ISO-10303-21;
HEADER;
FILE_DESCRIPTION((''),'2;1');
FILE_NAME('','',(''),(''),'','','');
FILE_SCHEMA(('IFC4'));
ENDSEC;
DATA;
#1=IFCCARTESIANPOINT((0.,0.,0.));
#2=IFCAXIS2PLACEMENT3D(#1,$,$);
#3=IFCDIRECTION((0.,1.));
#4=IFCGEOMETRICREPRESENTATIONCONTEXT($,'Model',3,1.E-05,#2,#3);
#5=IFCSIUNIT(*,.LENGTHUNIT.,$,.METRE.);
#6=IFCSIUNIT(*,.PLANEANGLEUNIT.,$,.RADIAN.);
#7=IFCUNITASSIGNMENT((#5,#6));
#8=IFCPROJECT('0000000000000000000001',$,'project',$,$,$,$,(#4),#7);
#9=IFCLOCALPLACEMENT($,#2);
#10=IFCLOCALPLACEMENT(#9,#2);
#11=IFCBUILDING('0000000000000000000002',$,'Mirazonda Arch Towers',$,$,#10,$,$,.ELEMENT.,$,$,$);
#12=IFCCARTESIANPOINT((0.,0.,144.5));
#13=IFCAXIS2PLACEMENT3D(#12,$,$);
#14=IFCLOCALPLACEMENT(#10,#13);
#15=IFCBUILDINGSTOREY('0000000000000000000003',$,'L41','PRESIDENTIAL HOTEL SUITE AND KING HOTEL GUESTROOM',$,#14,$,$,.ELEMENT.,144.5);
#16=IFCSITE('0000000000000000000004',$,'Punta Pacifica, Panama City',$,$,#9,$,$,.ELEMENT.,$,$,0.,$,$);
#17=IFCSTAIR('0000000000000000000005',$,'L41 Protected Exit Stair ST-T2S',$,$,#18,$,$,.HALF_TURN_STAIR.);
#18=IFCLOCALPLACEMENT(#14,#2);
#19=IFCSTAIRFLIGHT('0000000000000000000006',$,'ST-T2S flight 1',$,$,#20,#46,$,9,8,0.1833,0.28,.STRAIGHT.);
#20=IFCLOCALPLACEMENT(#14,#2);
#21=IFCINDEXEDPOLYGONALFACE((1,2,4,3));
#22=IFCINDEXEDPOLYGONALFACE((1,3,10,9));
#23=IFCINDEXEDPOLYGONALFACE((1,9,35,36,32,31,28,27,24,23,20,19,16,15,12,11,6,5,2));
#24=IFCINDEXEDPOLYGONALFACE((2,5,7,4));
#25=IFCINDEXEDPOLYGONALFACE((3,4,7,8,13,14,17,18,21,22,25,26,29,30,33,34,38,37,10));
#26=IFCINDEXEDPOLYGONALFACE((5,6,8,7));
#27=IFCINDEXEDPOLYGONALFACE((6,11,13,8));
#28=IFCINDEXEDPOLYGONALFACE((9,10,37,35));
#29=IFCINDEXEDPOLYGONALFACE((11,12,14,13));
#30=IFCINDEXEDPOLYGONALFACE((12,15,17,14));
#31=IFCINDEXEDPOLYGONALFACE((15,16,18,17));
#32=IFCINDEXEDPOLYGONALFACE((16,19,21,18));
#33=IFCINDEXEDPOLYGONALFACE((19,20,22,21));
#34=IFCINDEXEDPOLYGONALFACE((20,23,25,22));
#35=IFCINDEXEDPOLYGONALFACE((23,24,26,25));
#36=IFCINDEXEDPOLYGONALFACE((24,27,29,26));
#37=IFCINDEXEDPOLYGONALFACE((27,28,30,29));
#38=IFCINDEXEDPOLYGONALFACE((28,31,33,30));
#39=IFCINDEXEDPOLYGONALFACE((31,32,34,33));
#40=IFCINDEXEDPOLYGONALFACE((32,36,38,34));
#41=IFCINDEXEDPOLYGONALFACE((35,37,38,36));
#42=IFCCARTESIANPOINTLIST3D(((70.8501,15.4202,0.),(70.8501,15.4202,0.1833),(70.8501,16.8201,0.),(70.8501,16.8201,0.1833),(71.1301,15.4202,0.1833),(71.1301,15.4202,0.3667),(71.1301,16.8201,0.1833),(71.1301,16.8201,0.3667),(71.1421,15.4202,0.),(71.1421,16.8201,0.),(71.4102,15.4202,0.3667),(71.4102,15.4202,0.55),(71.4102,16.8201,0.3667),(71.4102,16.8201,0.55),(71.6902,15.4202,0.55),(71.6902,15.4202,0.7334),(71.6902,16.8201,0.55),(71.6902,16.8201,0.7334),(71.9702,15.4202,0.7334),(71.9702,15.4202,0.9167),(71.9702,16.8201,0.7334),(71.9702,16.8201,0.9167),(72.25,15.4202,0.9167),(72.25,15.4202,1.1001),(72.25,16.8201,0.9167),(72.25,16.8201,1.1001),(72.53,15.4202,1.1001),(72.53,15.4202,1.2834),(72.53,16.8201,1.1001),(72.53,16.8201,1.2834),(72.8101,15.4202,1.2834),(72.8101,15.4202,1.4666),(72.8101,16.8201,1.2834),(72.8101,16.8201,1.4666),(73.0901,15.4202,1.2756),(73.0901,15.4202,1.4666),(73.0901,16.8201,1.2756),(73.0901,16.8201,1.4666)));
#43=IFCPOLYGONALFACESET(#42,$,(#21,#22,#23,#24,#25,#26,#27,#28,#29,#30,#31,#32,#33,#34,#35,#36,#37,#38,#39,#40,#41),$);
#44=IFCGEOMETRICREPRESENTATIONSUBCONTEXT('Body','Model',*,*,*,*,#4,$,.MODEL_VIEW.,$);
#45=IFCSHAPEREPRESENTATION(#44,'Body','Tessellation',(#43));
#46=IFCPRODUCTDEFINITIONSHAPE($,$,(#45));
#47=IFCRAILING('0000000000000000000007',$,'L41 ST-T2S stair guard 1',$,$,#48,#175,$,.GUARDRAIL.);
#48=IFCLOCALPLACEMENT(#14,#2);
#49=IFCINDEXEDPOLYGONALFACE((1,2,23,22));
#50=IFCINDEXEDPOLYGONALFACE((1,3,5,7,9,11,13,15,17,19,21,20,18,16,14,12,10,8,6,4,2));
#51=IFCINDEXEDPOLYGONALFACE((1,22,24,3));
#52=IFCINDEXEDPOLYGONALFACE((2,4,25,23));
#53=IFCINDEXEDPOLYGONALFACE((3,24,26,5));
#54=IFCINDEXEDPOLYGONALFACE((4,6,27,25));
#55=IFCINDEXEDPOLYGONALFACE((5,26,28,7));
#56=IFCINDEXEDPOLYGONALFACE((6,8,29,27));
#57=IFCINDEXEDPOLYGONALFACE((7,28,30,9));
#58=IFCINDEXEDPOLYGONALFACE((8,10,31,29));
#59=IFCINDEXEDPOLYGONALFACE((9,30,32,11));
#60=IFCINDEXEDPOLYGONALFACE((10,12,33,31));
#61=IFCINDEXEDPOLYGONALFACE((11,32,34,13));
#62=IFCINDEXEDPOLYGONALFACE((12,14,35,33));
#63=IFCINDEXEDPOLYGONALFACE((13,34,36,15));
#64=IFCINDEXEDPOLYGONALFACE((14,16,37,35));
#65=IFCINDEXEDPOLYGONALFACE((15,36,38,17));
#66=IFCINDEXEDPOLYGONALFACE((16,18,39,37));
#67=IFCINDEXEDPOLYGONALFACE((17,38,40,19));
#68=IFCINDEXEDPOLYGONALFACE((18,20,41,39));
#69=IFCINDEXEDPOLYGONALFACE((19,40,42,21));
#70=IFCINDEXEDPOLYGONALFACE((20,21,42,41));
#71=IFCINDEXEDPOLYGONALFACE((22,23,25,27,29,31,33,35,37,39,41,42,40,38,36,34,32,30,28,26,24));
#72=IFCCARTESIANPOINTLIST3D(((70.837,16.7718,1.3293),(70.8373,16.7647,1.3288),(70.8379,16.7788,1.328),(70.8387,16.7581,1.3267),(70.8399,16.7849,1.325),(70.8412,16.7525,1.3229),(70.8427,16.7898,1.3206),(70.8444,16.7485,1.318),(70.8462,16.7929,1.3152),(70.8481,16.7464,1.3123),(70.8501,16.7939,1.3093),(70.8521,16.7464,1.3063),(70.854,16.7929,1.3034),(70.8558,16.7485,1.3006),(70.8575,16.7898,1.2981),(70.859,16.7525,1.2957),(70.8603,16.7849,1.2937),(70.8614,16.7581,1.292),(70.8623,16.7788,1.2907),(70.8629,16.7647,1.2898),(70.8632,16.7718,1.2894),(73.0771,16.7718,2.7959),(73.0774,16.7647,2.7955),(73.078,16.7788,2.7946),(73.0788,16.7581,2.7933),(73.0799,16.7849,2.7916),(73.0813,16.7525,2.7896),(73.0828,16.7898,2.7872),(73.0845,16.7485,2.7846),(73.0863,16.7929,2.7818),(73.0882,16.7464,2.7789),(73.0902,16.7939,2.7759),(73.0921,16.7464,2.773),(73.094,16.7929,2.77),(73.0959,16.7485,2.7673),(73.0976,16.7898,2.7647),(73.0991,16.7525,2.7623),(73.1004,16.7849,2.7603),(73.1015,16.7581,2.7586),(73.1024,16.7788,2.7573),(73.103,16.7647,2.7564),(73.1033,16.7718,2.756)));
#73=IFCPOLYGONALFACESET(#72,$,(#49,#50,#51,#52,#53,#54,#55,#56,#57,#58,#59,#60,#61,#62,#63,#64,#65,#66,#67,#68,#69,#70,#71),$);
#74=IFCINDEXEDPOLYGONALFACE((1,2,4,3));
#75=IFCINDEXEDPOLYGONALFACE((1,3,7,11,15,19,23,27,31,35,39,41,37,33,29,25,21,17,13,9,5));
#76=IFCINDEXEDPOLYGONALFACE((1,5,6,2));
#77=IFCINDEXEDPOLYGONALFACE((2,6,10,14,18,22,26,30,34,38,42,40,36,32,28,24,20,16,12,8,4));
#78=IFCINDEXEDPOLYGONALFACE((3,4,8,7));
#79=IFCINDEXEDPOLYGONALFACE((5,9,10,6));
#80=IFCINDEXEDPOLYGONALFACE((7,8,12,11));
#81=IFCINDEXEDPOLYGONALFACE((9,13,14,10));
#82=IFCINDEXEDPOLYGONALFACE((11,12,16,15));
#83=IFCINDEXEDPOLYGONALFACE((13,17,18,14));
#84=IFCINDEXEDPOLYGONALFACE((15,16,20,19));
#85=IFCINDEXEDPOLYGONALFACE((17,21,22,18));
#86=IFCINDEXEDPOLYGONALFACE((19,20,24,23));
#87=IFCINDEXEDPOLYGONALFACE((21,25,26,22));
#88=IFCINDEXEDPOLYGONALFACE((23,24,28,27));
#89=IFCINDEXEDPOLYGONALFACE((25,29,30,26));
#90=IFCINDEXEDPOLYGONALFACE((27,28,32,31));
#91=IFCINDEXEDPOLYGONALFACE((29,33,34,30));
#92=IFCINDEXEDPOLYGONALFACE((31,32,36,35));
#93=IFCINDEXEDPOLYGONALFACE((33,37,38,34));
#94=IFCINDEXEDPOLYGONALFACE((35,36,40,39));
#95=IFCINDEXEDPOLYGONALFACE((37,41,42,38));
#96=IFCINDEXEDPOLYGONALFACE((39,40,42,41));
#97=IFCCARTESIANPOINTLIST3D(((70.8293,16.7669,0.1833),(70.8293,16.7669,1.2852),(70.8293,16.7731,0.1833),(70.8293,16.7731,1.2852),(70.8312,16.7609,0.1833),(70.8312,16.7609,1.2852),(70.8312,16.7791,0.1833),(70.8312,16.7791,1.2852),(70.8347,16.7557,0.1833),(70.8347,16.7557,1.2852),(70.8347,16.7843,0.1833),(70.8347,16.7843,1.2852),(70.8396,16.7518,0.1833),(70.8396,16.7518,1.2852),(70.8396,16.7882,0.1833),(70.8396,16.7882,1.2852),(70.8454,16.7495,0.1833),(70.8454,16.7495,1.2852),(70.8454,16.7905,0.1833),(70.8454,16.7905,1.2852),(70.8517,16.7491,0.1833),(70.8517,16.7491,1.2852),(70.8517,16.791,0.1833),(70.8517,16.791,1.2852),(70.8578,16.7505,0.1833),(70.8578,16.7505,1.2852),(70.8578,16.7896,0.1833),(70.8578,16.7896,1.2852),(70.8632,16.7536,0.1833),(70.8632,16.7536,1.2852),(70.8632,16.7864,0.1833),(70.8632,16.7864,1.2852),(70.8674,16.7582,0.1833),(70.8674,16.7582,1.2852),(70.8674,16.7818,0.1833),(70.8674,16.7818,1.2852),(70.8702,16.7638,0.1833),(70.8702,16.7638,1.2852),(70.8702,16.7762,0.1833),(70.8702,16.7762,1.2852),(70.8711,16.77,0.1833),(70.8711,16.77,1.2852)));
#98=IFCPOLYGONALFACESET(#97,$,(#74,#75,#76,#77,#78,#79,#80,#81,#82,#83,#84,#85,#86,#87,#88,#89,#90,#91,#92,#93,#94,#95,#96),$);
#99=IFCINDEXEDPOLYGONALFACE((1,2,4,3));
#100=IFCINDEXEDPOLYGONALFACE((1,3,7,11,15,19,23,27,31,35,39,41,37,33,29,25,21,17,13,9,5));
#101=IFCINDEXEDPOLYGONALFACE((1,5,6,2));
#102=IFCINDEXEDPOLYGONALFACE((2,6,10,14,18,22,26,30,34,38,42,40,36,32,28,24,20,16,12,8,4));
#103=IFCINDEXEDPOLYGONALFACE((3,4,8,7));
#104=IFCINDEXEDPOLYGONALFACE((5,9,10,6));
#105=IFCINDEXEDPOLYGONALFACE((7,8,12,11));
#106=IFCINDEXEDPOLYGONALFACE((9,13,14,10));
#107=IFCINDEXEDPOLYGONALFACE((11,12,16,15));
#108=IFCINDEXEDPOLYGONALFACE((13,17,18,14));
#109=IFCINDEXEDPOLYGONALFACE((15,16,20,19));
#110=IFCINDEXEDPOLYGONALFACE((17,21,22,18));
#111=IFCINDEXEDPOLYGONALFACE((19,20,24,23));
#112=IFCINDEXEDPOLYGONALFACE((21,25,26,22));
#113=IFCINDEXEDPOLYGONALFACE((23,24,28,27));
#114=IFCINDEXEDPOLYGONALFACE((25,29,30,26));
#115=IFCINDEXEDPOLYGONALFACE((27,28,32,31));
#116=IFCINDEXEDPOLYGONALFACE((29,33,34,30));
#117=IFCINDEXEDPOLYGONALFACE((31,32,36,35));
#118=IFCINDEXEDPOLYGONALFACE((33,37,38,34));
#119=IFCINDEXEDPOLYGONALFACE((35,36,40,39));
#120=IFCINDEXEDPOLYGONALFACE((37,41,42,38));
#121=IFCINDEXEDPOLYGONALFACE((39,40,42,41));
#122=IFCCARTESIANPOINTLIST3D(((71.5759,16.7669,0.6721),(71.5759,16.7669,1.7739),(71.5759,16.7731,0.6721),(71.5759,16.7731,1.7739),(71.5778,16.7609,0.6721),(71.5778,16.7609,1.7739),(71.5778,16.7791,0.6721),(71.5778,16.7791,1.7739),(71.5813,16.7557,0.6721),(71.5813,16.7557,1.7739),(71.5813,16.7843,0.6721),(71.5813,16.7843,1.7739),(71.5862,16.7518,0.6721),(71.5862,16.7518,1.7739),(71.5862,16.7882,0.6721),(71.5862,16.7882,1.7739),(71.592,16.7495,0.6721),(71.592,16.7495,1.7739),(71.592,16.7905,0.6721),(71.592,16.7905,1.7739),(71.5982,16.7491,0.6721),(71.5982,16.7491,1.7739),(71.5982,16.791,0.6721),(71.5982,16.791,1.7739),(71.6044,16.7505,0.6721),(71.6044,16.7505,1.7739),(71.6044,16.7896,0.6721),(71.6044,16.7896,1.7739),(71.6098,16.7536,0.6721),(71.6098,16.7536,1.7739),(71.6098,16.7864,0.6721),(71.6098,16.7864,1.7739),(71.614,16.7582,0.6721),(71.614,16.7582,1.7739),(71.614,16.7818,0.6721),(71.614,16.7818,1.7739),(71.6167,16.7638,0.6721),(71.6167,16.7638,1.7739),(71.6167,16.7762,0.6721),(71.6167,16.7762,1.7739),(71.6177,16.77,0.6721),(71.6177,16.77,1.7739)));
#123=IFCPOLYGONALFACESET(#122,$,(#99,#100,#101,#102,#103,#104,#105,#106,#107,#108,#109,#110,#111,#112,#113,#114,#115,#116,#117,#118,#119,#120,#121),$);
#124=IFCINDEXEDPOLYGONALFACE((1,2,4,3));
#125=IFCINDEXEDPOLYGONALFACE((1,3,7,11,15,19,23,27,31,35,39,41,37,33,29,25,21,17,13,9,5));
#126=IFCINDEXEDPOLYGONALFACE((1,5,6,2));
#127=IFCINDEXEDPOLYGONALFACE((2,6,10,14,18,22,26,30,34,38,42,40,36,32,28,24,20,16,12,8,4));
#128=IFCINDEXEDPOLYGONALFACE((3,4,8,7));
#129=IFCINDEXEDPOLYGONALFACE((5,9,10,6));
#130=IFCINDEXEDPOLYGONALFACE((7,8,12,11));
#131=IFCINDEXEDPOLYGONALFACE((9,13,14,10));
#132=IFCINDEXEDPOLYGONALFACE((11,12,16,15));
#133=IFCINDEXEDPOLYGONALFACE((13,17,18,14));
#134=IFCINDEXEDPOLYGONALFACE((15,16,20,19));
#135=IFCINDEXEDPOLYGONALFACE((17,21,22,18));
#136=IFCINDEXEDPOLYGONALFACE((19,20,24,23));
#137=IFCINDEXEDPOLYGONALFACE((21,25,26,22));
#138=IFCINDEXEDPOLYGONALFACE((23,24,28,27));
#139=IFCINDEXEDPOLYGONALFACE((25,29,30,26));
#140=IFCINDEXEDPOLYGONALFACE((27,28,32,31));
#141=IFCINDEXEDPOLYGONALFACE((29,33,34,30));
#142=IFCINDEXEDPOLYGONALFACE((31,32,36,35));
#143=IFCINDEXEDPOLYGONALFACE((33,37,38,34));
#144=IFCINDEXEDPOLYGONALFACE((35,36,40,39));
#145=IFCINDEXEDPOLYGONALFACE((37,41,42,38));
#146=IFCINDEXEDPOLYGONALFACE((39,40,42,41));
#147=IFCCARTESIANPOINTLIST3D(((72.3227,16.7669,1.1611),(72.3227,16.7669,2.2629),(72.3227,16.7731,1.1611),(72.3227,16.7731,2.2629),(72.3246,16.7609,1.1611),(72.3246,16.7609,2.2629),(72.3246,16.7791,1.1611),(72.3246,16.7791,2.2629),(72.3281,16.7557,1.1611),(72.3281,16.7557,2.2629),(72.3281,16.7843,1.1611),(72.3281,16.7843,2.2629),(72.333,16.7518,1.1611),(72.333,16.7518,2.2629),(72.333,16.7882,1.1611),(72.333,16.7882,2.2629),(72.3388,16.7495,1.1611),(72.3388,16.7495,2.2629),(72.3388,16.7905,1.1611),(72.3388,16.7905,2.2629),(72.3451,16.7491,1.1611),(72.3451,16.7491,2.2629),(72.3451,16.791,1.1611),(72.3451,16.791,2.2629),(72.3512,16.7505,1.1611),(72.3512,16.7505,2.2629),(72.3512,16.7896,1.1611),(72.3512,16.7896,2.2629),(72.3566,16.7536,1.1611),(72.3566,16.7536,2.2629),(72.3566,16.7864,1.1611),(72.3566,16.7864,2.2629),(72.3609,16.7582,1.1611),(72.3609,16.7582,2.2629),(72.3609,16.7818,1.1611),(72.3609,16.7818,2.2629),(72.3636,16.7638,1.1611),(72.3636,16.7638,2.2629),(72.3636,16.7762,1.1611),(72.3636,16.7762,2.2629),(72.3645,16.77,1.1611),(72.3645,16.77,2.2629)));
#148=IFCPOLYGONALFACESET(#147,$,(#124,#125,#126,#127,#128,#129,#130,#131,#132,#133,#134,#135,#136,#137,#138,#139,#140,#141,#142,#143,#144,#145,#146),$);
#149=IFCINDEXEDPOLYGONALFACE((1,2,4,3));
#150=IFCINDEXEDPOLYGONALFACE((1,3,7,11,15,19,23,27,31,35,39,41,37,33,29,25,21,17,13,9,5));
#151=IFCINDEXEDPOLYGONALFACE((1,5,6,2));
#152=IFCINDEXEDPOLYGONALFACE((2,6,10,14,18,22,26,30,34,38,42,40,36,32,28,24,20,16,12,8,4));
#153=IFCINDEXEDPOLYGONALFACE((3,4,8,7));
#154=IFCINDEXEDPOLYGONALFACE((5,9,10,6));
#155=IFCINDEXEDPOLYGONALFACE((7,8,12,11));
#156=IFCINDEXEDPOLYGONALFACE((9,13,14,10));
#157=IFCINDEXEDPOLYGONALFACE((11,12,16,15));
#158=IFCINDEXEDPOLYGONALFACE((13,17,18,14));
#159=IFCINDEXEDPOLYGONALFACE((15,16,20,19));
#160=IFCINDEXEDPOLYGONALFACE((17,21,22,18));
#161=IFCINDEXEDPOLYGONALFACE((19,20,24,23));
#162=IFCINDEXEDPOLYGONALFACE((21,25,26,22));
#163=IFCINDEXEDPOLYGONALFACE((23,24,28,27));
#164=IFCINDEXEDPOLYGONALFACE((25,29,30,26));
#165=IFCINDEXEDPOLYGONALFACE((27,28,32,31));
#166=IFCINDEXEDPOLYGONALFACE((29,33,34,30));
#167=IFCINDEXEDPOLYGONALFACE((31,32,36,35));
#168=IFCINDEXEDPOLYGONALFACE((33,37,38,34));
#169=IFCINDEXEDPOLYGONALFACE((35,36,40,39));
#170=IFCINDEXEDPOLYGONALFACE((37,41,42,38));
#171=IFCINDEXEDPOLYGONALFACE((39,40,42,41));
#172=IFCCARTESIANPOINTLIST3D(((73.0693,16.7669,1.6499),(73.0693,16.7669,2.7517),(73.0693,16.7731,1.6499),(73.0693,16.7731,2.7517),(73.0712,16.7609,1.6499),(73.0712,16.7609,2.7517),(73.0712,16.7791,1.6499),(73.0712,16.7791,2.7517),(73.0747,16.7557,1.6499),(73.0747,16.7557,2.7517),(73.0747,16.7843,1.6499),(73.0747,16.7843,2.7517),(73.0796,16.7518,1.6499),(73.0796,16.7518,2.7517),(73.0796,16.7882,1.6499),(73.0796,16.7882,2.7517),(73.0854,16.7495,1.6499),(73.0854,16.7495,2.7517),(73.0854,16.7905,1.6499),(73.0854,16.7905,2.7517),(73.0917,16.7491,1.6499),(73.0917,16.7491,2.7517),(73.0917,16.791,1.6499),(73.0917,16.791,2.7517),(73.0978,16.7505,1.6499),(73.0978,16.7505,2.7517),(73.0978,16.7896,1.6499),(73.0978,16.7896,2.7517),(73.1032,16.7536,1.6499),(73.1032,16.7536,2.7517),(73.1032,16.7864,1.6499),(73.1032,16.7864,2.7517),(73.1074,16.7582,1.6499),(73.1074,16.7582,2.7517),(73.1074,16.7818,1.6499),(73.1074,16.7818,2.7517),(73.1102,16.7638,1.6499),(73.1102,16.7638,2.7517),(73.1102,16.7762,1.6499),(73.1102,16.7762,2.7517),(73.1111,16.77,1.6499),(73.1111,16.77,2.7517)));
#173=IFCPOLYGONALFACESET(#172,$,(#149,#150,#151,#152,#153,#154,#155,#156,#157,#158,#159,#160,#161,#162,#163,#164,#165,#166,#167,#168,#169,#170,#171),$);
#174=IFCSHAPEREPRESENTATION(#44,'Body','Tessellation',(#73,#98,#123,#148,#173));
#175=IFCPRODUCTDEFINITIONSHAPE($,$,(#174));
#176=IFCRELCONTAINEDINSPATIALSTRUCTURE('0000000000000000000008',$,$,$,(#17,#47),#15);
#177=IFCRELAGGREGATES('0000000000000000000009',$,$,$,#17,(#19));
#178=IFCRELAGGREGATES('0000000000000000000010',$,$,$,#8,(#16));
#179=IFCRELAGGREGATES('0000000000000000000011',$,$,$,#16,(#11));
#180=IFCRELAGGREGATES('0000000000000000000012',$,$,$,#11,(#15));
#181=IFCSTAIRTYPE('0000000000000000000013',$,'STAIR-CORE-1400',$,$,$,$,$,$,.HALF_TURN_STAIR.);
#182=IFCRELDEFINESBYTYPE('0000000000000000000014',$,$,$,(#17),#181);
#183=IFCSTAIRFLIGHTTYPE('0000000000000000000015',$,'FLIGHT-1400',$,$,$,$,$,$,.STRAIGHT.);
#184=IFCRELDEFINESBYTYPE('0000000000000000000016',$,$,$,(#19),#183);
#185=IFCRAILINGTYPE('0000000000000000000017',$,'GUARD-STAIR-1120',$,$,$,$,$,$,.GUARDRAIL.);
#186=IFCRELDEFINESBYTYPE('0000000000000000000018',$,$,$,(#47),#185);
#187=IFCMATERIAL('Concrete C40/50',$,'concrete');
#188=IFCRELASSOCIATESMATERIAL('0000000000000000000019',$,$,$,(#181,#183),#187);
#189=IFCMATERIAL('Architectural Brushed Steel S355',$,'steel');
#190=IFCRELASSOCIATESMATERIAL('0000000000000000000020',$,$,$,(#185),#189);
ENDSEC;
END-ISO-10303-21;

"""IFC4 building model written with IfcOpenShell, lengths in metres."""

from ifc_helpers import new_model, si_unit, direction, frame, origin, origin_2d, place, context, subcontext, project, spatial, polyline, circle, outline, extrude, material, type_object, element, aggregate, save


model = new_model("IFC4")

# Units and contexts
model_context = context("Model", 3, precision=1e-05, world=origin(), true_north=direction((0.0, 1.0)))
body_context = subcontext(model_context, "Body", "Model", "MODEL_VIEW")
ifc_project = project(units=[si_unit("LENGTHUNIT", "METRE"), si_unit("PLANEANGLEUNIT", "RADIAN")], contexts=[model_context])

# Site, building, storey
site_placement = place(None, origin())
site = spatial("IfcSite", under=ifc_project, at=site_placement, Name="Punta Pacifica, Panama City", CompositionType="ELEMENT", RefElevation=0.0)
building_placement = place(site_placement, origin())
building = spatial("IfcBuilding", under=site, at=building_placement, Name="Mirazonda Arch Towers", CompositionType="ELEMENT")
storey_placement = place(building_placement, frame((0.0, 0.0, 144.5)))
storey = spatial("IfcBuildingStorey", under=building, at=storey_placement, Name="L41", Description="PRESIDENTIAL HOTEL SUITE AND KING HOTEL GUESTROOM", CompositionType="ELEMENT", Elevation=144.5)

# Stair, stair flight
ifc_material_1 = material(Name="Concrete C40/50", Category="concrete")
stair_type = type_object("IfcStairType", Name="STAIR-CORE-1400", PredefinedType="HALF_TURN_STAIR", material=ifc_material_1)
stair_placement = place(storey_placement, origin())
stair = element("IfcStair", 1, at=stair_placement, inside=storey, type_object=stair_type, Name="L41 Protected Exit Stair ST-T2S", PredefinedType="HALF_TURN_STAIR")
stair_flight_type = type_object("IfcStairFlightType", Name="FLIGHT-1400", PredefinedType="STRAIGHT", material=ifc_material_1)
stair_flight_placement = place(storey_placement, frame((70.8501, 16.1201, 0.0), z_axis=(0.0, 0.0, 1.0), x_axis=(1.0, 0.0, 0.0)))
stair_flight = element("IfcStairFlight", 2, at=stair_flight_placement, type_object=stair_flight_type, Name="ST-T2S flight 1", NumberOfRisers=9, NumberOfTreads=8, PredefinedType="STRAIGHT", RiserHeight=0.1833, TreadLength=0.28, context=body_context, shape_type="SweptSolid", body=[
    extrude(outline(polyline([(0.0, 0.0), (0.0, 0.1833), (0.28, 0.1833), (0.28, 0.3667), (0.5601, 0.3667), (0.5601, 0.55), (0.8401, 0.55), (0.8401, 0.7334), (1.1201, 0.7334), (1.1201, 0.9167), (1.3999, 0.9167), (1.3999, 1.1001), (1.6799, 1.1001), (1.6799, 1.2834), (1.96, 1.2834), (1.96, 1.4666), (2.24, 1.4666), (2.24, 1.6499), (2.24, 1.2756), (0.292, 0.0), (0.0, 0.0)])), frame((0.0, 0.7, 0.0), z_axis=(0.0, -1.0, 0.0), x_axis=(1.0, 0.0, 0.0)), (0.0, 0.0, 1.0), 1.3999),
])
aggregate(stair, [stair_flight])

# Railing
ifc_material_2 = material(Name="Architectural Brushed Steel S355", Category="steel")
railing_type_1 = type_object("IfcRailingType", Name="GUARD-STAIR-1120", PredefinedType="GUARDRAIL", material=ifc_material_2)
railing_1_placement = place(storey_placement, frame((70.8501, 16.77, 0.1833)))
element("IfcRailing", 3, at=railing_1_placement, inside=storey, type_object=railing_type_1, Name="L41 ST-T2S stair guard 1", PredefinedType="GUARDRAIL", context=body_context, shape_type="SweptSolid", body=[
    extrude(circle(Radius=0.0239, at=origin_2d()), frame((0.0, 0.0, 1.126), z_axis=(0.836637, 0.0, 0.547758), x_axis=(0.0, 1.0, 0.0)), (0.0, 0.0, 1.0), 2.6775),
    extrude(circle(Radius=0.021, at=origin_2d()), origin(), (0.0, 0.0, 1.0), 1.1018),
    extrude(circle(Radius=0.021, at=origin_2d()), frame((0.7466, 0.0, 0.4888)), (0.0, 0.0, 1.0), 1.1018),
    extrude(circle(Radius=0.021, at=origin_2d()), frame((1.4934, 0.0, 0.9778)), (0.0, 0.0, 1.0), 1.1018),
    extrude(circle(Radius=0.021, at=origin_2d()), frame((2.24, 0.0, 1.4666)), (0.0, 0.0, 1.0), 1.1018),
])

save(model, "model.ifc")
